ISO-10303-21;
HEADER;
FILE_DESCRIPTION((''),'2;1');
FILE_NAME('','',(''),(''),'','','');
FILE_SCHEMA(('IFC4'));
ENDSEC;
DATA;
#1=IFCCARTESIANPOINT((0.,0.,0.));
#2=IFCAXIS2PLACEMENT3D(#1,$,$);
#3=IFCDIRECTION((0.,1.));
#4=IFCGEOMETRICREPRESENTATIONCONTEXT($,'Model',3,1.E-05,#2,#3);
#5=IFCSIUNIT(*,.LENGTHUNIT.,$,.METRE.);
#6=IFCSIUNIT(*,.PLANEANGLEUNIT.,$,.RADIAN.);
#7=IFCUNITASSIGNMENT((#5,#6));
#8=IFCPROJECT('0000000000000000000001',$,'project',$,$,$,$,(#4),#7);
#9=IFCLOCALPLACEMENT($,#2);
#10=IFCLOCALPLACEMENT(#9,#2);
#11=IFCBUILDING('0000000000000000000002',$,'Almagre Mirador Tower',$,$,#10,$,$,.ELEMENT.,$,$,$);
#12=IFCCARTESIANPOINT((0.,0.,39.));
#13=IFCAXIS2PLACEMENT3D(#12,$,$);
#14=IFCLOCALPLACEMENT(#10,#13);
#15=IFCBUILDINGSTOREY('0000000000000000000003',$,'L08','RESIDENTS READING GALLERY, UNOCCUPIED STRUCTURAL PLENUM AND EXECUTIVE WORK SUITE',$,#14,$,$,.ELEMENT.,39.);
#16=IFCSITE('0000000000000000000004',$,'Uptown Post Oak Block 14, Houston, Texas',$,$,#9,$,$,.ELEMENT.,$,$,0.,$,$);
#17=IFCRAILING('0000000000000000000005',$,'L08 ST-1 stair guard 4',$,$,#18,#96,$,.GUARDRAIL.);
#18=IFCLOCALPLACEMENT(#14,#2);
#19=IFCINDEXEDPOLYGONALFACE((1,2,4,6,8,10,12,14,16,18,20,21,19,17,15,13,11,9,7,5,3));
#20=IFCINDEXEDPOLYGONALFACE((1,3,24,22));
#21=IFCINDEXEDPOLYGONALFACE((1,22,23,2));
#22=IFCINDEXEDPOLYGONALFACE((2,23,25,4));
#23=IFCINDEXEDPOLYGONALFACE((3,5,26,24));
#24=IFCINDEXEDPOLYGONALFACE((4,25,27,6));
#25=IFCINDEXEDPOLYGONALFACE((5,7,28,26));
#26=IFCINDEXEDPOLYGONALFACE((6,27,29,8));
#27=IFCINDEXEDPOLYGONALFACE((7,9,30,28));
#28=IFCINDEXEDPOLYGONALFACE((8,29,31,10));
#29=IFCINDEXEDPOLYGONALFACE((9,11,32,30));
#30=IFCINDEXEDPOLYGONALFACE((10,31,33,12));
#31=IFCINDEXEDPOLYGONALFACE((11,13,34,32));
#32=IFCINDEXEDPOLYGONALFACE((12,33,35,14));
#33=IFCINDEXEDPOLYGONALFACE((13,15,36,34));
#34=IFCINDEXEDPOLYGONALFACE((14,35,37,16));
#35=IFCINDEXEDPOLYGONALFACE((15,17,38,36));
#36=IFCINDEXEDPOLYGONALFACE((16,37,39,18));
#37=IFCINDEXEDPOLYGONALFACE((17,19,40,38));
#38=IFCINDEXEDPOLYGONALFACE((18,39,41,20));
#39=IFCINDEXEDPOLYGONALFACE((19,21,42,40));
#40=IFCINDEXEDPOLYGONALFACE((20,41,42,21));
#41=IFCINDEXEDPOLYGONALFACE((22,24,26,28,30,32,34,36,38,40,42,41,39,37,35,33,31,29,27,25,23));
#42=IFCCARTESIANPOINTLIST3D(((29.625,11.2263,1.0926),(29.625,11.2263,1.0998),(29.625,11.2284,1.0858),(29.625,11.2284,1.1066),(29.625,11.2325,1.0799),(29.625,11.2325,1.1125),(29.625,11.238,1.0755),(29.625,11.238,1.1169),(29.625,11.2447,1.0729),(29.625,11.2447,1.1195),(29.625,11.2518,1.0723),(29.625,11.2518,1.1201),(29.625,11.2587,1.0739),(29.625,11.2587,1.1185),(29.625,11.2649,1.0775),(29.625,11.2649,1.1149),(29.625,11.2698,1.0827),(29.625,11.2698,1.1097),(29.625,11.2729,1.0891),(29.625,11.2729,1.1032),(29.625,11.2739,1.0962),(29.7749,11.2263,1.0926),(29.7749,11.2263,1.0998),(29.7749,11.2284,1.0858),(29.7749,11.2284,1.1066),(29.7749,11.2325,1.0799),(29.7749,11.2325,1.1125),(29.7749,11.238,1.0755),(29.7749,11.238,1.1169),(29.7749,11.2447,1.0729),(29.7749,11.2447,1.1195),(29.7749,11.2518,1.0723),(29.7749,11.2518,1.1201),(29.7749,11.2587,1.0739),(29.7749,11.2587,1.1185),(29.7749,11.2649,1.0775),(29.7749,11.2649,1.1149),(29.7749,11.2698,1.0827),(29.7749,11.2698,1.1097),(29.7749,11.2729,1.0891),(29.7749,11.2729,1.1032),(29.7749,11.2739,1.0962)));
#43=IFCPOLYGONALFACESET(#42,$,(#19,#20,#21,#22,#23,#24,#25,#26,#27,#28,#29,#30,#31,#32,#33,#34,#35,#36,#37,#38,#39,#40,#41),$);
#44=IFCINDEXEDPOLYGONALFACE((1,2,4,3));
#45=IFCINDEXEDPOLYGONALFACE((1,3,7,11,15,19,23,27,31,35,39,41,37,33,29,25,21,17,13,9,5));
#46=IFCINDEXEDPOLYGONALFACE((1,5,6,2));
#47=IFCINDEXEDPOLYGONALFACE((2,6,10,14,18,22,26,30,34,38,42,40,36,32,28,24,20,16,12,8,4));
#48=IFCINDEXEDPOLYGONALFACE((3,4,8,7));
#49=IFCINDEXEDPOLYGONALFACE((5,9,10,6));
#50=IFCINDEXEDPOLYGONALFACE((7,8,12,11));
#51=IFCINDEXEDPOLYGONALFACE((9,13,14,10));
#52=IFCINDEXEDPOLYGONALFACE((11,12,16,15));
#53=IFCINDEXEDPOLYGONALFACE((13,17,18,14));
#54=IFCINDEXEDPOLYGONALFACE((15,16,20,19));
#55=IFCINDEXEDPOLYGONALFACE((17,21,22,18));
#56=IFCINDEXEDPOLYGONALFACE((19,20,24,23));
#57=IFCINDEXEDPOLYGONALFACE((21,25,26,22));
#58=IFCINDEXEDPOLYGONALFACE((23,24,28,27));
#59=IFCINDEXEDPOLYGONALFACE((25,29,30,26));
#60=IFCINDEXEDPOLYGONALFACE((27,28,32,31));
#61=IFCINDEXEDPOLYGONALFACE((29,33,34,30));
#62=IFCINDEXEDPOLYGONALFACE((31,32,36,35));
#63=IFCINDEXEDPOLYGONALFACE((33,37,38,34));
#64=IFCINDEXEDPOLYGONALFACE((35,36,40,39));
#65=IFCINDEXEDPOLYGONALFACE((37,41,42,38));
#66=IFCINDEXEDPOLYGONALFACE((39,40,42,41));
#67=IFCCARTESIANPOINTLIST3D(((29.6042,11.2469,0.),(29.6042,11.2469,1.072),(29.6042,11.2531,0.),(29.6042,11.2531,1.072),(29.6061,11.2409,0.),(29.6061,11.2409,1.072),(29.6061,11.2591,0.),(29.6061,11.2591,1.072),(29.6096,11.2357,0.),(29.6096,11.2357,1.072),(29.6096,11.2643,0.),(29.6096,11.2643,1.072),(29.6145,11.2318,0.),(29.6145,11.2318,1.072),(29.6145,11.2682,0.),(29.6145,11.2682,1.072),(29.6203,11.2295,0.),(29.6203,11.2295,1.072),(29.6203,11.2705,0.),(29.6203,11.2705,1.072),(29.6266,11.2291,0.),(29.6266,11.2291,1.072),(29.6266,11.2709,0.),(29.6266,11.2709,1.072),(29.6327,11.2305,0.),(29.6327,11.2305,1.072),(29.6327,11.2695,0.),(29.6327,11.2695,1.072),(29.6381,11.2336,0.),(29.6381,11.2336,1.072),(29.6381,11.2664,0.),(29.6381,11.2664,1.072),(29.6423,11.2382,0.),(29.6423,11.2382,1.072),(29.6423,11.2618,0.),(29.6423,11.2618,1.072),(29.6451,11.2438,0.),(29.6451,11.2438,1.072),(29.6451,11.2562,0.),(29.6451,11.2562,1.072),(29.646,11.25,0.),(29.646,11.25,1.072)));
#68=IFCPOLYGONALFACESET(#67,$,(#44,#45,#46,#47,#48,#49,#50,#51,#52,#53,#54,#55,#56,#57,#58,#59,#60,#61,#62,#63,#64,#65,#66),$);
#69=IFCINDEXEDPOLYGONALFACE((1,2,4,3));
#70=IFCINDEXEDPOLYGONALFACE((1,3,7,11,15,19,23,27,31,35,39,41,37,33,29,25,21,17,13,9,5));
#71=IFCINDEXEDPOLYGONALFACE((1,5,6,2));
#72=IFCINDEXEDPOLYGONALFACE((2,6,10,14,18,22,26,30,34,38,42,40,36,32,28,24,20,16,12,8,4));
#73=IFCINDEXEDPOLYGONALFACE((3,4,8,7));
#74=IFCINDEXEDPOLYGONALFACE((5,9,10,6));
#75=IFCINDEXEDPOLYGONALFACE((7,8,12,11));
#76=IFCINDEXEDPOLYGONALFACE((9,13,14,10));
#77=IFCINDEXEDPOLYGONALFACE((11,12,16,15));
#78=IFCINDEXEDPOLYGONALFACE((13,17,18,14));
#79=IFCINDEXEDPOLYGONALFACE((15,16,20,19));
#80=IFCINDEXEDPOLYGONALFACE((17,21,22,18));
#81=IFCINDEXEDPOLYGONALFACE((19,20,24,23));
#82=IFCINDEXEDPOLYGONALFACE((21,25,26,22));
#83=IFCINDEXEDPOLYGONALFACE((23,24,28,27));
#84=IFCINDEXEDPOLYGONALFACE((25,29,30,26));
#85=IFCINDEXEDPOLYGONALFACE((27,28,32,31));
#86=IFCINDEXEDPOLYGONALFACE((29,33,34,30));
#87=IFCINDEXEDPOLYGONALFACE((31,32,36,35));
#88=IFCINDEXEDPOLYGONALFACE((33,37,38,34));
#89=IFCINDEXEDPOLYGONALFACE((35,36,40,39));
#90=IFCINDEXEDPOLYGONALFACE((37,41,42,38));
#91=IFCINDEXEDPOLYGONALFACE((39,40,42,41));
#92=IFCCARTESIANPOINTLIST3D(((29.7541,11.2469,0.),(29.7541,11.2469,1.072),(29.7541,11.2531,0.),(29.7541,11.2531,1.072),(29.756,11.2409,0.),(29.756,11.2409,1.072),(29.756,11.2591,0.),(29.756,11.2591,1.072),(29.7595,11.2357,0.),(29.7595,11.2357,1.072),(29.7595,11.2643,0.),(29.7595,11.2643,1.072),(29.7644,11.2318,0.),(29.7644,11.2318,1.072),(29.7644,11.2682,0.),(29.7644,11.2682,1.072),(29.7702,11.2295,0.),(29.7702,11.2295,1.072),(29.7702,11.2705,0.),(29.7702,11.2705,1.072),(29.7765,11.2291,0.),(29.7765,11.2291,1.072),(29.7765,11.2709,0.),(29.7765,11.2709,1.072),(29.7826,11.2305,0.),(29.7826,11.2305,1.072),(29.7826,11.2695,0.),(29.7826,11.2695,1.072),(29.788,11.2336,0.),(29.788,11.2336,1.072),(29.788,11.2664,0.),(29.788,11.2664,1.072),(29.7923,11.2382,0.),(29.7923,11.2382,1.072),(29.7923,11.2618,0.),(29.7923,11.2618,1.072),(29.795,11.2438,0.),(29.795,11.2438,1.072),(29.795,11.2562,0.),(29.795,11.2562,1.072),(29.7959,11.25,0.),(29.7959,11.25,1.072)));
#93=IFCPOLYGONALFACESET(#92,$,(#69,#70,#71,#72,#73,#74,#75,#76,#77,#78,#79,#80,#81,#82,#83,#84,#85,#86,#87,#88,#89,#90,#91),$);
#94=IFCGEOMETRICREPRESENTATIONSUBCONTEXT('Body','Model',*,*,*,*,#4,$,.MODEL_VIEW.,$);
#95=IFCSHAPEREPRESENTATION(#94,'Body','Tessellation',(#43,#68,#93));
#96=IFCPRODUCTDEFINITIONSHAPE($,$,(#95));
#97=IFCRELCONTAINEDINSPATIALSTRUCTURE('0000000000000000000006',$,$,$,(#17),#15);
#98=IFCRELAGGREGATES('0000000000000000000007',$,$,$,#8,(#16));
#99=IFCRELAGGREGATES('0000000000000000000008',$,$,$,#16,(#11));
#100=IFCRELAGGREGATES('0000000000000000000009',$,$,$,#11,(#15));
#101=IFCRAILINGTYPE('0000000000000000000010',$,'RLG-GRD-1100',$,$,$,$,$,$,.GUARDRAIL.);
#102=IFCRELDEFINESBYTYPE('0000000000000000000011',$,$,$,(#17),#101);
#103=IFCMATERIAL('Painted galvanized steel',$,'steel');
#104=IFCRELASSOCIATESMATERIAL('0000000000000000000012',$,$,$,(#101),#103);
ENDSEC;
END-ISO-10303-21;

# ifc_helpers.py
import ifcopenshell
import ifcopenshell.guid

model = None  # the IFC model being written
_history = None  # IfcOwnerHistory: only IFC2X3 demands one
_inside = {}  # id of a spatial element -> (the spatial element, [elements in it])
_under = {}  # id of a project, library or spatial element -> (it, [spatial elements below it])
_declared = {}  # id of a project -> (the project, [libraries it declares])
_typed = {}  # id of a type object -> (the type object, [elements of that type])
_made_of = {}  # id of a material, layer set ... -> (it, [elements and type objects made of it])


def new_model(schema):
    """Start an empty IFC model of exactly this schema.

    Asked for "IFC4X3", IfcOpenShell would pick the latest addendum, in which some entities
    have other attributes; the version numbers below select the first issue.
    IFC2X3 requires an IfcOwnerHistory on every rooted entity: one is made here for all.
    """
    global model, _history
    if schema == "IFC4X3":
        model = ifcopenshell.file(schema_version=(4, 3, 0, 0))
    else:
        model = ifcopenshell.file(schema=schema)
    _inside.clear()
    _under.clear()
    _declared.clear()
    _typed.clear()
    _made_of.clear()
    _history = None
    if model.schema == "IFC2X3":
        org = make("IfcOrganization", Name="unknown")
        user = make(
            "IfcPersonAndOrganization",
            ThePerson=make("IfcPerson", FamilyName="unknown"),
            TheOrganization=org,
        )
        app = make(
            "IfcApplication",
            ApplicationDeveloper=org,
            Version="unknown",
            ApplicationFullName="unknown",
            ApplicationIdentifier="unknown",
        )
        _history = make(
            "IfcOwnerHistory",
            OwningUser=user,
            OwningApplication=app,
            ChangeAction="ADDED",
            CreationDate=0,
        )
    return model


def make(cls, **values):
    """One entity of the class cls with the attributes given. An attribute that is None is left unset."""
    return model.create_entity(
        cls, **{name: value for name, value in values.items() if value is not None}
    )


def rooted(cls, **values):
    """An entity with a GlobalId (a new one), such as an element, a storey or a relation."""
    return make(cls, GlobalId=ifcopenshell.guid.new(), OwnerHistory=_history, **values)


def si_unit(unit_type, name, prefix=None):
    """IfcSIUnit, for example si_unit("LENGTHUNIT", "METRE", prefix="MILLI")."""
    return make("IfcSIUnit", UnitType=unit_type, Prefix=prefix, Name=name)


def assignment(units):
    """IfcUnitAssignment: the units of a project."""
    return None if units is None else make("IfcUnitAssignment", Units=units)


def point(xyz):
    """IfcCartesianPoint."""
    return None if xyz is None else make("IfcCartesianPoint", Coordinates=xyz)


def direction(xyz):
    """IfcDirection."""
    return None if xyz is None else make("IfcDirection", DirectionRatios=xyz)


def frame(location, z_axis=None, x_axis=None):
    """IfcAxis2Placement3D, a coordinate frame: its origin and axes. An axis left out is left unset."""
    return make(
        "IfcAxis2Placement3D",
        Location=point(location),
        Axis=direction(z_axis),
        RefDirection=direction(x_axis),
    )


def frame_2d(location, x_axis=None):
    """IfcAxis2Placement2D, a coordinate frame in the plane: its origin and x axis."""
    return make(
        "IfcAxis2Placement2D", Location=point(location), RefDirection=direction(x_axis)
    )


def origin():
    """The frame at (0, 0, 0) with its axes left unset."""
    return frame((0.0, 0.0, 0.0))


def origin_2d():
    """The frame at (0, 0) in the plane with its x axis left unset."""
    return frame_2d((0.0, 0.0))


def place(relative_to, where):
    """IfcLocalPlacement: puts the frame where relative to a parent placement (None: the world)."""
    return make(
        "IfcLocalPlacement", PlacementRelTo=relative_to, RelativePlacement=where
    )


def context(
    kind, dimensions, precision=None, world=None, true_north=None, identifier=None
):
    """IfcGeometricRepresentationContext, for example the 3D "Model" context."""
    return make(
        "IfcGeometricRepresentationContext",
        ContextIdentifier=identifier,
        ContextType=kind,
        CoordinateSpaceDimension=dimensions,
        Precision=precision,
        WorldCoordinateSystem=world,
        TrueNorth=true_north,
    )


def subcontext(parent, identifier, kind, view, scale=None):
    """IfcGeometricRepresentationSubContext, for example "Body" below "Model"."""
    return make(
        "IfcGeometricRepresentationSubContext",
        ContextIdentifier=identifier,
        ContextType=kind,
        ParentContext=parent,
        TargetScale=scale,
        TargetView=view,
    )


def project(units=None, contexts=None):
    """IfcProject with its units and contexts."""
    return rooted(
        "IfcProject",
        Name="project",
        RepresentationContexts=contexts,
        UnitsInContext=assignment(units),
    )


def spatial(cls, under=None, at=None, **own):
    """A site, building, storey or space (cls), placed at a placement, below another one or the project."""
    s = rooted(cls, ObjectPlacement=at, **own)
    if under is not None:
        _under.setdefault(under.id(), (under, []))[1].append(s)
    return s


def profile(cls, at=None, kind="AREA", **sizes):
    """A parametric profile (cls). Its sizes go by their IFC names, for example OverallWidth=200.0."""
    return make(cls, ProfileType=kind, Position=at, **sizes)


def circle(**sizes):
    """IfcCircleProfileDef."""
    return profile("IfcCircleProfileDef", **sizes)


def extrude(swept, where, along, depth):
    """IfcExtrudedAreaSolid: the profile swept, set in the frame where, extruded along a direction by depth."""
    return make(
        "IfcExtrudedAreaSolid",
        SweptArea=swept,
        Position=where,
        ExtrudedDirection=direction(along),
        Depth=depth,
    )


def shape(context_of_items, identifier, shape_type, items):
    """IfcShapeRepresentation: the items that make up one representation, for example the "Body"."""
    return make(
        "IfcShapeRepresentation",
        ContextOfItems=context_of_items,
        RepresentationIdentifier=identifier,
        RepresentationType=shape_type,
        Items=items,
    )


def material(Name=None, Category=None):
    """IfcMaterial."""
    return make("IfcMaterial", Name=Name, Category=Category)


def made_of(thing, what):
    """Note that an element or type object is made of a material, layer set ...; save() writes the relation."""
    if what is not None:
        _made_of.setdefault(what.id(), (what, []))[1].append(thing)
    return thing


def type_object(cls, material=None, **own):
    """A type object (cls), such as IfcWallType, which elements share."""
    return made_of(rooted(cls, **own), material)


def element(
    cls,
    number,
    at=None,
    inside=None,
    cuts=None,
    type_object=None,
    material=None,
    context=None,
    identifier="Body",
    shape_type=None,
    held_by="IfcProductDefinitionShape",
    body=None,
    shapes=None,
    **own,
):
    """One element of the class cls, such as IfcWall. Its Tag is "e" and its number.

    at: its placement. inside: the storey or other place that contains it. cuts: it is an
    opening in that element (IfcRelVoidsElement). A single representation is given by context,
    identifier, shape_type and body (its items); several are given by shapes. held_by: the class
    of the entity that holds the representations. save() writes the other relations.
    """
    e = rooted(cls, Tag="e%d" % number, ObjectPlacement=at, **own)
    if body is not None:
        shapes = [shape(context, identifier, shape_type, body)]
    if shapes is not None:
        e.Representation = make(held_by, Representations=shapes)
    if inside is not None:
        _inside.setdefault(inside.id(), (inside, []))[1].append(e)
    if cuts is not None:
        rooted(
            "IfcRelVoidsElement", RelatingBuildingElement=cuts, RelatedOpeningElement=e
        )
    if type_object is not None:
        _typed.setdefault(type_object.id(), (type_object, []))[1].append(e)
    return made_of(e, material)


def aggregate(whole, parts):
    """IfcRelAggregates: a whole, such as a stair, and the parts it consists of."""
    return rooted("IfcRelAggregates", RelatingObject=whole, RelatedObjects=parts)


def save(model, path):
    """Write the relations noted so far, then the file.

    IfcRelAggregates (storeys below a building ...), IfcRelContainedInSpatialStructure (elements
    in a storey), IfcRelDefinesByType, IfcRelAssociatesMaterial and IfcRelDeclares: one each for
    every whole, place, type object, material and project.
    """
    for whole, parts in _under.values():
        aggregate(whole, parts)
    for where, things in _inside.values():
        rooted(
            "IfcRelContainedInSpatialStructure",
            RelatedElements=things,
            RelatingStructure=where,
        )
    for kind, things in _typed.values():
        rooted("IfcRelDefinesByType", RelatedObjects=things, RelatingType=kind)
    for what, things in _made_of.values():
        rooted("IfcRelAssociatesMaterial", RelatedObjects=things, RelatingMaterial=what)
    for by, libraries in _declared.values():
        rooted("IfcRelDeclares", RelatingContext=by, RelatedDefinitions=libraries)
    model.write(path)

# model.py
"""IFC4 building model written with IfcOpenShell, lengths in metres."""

from ifc_helpers import new_model, si_unit, direction, frame, origin, origin_2d, place, context, subcontext, project, spatial, circle, extrude, material, type_object, element, save


model = new_model("IFC4")

# Units and contexts
model_context = context("Model", 3, precision=1e-05, world=origin(), true_north=direction((0.0, 1.0)))
body_context = subcontext(model_context, "Body", "Model", "MODEL_VIEW")
ifc_project = project(units=[si_unit("LENGTHUNIT", "METRE"), si_unit("PLANEANGLEUNIT", "RADIAN")], contexts=[model_context])

# Site, building, storey
site_placement = place(None, origin())
site = spatial("IfcSite", under=ifc_project, at=site_placement, Name="Uptown Post Oak Block 14, Houston, Texas", CompositionType="ELEMENT", RefElevation=0.0)
building_placement = place(site_placement, origin())
building = spatial("IfcBuilding", under=site, at=building_placement, Name="Almagre Mirador Tower", CompositionType="ELEMENT")
storey_placement = place(building_placement, frame((0.0, 0.0, 39.0)))
storey = spatial("IfcBuildingStorey", under=building, at=storey_placement, Name="L08", Description="RESIDENTS READING GALLERY, UNOCCUPIED STRUCTURAL PLENUM AND EXECUTIVE WORK SUITE", CompositionType="ELEMENT", Elevation=39.0)

# Railing
ifc_material_1 = material(Name="Painted galvanized steel", Category="steel")
railing_type_1 = type_object("IfcRailingType", Name="RLG-GRD-1100", PredefinedType="GUARDRAIL", material=ifc_material_1)
railing_1_placement = place(storey_placement, frame((29.625, 11.25, 0.0)))
element("IfcRailing", 1, at=railing_1_placement, inside=storey, type_object=railing_type_1, Name="L08 ST-1 stair guard 4", PredefinedType="GUARDRAIL", context=body_context, shape_type="SweptSolid", body=[
    extrude(circle(Radius=0.0239, at=origin_2d()), frame((0.0, 0.0, 1.0962), z_axis=(1.0, 0.0, 0.0), x_axis=(0.0, 1.0, 0.0)), (0.0, 0.0, 1.0), 0.1499),
    extrude(circle(Radius=0.021, at=origin_2d()), origin(), (0.0, 0.0, 1.0), 1.072),
    extrude(circle(Radius=0.021, at=origin_2d()), frame((0.1499, 0.0, 0.0)), (0.0, 0.0, 1.0), 1.072),
])

save(model, "model.ifc")
